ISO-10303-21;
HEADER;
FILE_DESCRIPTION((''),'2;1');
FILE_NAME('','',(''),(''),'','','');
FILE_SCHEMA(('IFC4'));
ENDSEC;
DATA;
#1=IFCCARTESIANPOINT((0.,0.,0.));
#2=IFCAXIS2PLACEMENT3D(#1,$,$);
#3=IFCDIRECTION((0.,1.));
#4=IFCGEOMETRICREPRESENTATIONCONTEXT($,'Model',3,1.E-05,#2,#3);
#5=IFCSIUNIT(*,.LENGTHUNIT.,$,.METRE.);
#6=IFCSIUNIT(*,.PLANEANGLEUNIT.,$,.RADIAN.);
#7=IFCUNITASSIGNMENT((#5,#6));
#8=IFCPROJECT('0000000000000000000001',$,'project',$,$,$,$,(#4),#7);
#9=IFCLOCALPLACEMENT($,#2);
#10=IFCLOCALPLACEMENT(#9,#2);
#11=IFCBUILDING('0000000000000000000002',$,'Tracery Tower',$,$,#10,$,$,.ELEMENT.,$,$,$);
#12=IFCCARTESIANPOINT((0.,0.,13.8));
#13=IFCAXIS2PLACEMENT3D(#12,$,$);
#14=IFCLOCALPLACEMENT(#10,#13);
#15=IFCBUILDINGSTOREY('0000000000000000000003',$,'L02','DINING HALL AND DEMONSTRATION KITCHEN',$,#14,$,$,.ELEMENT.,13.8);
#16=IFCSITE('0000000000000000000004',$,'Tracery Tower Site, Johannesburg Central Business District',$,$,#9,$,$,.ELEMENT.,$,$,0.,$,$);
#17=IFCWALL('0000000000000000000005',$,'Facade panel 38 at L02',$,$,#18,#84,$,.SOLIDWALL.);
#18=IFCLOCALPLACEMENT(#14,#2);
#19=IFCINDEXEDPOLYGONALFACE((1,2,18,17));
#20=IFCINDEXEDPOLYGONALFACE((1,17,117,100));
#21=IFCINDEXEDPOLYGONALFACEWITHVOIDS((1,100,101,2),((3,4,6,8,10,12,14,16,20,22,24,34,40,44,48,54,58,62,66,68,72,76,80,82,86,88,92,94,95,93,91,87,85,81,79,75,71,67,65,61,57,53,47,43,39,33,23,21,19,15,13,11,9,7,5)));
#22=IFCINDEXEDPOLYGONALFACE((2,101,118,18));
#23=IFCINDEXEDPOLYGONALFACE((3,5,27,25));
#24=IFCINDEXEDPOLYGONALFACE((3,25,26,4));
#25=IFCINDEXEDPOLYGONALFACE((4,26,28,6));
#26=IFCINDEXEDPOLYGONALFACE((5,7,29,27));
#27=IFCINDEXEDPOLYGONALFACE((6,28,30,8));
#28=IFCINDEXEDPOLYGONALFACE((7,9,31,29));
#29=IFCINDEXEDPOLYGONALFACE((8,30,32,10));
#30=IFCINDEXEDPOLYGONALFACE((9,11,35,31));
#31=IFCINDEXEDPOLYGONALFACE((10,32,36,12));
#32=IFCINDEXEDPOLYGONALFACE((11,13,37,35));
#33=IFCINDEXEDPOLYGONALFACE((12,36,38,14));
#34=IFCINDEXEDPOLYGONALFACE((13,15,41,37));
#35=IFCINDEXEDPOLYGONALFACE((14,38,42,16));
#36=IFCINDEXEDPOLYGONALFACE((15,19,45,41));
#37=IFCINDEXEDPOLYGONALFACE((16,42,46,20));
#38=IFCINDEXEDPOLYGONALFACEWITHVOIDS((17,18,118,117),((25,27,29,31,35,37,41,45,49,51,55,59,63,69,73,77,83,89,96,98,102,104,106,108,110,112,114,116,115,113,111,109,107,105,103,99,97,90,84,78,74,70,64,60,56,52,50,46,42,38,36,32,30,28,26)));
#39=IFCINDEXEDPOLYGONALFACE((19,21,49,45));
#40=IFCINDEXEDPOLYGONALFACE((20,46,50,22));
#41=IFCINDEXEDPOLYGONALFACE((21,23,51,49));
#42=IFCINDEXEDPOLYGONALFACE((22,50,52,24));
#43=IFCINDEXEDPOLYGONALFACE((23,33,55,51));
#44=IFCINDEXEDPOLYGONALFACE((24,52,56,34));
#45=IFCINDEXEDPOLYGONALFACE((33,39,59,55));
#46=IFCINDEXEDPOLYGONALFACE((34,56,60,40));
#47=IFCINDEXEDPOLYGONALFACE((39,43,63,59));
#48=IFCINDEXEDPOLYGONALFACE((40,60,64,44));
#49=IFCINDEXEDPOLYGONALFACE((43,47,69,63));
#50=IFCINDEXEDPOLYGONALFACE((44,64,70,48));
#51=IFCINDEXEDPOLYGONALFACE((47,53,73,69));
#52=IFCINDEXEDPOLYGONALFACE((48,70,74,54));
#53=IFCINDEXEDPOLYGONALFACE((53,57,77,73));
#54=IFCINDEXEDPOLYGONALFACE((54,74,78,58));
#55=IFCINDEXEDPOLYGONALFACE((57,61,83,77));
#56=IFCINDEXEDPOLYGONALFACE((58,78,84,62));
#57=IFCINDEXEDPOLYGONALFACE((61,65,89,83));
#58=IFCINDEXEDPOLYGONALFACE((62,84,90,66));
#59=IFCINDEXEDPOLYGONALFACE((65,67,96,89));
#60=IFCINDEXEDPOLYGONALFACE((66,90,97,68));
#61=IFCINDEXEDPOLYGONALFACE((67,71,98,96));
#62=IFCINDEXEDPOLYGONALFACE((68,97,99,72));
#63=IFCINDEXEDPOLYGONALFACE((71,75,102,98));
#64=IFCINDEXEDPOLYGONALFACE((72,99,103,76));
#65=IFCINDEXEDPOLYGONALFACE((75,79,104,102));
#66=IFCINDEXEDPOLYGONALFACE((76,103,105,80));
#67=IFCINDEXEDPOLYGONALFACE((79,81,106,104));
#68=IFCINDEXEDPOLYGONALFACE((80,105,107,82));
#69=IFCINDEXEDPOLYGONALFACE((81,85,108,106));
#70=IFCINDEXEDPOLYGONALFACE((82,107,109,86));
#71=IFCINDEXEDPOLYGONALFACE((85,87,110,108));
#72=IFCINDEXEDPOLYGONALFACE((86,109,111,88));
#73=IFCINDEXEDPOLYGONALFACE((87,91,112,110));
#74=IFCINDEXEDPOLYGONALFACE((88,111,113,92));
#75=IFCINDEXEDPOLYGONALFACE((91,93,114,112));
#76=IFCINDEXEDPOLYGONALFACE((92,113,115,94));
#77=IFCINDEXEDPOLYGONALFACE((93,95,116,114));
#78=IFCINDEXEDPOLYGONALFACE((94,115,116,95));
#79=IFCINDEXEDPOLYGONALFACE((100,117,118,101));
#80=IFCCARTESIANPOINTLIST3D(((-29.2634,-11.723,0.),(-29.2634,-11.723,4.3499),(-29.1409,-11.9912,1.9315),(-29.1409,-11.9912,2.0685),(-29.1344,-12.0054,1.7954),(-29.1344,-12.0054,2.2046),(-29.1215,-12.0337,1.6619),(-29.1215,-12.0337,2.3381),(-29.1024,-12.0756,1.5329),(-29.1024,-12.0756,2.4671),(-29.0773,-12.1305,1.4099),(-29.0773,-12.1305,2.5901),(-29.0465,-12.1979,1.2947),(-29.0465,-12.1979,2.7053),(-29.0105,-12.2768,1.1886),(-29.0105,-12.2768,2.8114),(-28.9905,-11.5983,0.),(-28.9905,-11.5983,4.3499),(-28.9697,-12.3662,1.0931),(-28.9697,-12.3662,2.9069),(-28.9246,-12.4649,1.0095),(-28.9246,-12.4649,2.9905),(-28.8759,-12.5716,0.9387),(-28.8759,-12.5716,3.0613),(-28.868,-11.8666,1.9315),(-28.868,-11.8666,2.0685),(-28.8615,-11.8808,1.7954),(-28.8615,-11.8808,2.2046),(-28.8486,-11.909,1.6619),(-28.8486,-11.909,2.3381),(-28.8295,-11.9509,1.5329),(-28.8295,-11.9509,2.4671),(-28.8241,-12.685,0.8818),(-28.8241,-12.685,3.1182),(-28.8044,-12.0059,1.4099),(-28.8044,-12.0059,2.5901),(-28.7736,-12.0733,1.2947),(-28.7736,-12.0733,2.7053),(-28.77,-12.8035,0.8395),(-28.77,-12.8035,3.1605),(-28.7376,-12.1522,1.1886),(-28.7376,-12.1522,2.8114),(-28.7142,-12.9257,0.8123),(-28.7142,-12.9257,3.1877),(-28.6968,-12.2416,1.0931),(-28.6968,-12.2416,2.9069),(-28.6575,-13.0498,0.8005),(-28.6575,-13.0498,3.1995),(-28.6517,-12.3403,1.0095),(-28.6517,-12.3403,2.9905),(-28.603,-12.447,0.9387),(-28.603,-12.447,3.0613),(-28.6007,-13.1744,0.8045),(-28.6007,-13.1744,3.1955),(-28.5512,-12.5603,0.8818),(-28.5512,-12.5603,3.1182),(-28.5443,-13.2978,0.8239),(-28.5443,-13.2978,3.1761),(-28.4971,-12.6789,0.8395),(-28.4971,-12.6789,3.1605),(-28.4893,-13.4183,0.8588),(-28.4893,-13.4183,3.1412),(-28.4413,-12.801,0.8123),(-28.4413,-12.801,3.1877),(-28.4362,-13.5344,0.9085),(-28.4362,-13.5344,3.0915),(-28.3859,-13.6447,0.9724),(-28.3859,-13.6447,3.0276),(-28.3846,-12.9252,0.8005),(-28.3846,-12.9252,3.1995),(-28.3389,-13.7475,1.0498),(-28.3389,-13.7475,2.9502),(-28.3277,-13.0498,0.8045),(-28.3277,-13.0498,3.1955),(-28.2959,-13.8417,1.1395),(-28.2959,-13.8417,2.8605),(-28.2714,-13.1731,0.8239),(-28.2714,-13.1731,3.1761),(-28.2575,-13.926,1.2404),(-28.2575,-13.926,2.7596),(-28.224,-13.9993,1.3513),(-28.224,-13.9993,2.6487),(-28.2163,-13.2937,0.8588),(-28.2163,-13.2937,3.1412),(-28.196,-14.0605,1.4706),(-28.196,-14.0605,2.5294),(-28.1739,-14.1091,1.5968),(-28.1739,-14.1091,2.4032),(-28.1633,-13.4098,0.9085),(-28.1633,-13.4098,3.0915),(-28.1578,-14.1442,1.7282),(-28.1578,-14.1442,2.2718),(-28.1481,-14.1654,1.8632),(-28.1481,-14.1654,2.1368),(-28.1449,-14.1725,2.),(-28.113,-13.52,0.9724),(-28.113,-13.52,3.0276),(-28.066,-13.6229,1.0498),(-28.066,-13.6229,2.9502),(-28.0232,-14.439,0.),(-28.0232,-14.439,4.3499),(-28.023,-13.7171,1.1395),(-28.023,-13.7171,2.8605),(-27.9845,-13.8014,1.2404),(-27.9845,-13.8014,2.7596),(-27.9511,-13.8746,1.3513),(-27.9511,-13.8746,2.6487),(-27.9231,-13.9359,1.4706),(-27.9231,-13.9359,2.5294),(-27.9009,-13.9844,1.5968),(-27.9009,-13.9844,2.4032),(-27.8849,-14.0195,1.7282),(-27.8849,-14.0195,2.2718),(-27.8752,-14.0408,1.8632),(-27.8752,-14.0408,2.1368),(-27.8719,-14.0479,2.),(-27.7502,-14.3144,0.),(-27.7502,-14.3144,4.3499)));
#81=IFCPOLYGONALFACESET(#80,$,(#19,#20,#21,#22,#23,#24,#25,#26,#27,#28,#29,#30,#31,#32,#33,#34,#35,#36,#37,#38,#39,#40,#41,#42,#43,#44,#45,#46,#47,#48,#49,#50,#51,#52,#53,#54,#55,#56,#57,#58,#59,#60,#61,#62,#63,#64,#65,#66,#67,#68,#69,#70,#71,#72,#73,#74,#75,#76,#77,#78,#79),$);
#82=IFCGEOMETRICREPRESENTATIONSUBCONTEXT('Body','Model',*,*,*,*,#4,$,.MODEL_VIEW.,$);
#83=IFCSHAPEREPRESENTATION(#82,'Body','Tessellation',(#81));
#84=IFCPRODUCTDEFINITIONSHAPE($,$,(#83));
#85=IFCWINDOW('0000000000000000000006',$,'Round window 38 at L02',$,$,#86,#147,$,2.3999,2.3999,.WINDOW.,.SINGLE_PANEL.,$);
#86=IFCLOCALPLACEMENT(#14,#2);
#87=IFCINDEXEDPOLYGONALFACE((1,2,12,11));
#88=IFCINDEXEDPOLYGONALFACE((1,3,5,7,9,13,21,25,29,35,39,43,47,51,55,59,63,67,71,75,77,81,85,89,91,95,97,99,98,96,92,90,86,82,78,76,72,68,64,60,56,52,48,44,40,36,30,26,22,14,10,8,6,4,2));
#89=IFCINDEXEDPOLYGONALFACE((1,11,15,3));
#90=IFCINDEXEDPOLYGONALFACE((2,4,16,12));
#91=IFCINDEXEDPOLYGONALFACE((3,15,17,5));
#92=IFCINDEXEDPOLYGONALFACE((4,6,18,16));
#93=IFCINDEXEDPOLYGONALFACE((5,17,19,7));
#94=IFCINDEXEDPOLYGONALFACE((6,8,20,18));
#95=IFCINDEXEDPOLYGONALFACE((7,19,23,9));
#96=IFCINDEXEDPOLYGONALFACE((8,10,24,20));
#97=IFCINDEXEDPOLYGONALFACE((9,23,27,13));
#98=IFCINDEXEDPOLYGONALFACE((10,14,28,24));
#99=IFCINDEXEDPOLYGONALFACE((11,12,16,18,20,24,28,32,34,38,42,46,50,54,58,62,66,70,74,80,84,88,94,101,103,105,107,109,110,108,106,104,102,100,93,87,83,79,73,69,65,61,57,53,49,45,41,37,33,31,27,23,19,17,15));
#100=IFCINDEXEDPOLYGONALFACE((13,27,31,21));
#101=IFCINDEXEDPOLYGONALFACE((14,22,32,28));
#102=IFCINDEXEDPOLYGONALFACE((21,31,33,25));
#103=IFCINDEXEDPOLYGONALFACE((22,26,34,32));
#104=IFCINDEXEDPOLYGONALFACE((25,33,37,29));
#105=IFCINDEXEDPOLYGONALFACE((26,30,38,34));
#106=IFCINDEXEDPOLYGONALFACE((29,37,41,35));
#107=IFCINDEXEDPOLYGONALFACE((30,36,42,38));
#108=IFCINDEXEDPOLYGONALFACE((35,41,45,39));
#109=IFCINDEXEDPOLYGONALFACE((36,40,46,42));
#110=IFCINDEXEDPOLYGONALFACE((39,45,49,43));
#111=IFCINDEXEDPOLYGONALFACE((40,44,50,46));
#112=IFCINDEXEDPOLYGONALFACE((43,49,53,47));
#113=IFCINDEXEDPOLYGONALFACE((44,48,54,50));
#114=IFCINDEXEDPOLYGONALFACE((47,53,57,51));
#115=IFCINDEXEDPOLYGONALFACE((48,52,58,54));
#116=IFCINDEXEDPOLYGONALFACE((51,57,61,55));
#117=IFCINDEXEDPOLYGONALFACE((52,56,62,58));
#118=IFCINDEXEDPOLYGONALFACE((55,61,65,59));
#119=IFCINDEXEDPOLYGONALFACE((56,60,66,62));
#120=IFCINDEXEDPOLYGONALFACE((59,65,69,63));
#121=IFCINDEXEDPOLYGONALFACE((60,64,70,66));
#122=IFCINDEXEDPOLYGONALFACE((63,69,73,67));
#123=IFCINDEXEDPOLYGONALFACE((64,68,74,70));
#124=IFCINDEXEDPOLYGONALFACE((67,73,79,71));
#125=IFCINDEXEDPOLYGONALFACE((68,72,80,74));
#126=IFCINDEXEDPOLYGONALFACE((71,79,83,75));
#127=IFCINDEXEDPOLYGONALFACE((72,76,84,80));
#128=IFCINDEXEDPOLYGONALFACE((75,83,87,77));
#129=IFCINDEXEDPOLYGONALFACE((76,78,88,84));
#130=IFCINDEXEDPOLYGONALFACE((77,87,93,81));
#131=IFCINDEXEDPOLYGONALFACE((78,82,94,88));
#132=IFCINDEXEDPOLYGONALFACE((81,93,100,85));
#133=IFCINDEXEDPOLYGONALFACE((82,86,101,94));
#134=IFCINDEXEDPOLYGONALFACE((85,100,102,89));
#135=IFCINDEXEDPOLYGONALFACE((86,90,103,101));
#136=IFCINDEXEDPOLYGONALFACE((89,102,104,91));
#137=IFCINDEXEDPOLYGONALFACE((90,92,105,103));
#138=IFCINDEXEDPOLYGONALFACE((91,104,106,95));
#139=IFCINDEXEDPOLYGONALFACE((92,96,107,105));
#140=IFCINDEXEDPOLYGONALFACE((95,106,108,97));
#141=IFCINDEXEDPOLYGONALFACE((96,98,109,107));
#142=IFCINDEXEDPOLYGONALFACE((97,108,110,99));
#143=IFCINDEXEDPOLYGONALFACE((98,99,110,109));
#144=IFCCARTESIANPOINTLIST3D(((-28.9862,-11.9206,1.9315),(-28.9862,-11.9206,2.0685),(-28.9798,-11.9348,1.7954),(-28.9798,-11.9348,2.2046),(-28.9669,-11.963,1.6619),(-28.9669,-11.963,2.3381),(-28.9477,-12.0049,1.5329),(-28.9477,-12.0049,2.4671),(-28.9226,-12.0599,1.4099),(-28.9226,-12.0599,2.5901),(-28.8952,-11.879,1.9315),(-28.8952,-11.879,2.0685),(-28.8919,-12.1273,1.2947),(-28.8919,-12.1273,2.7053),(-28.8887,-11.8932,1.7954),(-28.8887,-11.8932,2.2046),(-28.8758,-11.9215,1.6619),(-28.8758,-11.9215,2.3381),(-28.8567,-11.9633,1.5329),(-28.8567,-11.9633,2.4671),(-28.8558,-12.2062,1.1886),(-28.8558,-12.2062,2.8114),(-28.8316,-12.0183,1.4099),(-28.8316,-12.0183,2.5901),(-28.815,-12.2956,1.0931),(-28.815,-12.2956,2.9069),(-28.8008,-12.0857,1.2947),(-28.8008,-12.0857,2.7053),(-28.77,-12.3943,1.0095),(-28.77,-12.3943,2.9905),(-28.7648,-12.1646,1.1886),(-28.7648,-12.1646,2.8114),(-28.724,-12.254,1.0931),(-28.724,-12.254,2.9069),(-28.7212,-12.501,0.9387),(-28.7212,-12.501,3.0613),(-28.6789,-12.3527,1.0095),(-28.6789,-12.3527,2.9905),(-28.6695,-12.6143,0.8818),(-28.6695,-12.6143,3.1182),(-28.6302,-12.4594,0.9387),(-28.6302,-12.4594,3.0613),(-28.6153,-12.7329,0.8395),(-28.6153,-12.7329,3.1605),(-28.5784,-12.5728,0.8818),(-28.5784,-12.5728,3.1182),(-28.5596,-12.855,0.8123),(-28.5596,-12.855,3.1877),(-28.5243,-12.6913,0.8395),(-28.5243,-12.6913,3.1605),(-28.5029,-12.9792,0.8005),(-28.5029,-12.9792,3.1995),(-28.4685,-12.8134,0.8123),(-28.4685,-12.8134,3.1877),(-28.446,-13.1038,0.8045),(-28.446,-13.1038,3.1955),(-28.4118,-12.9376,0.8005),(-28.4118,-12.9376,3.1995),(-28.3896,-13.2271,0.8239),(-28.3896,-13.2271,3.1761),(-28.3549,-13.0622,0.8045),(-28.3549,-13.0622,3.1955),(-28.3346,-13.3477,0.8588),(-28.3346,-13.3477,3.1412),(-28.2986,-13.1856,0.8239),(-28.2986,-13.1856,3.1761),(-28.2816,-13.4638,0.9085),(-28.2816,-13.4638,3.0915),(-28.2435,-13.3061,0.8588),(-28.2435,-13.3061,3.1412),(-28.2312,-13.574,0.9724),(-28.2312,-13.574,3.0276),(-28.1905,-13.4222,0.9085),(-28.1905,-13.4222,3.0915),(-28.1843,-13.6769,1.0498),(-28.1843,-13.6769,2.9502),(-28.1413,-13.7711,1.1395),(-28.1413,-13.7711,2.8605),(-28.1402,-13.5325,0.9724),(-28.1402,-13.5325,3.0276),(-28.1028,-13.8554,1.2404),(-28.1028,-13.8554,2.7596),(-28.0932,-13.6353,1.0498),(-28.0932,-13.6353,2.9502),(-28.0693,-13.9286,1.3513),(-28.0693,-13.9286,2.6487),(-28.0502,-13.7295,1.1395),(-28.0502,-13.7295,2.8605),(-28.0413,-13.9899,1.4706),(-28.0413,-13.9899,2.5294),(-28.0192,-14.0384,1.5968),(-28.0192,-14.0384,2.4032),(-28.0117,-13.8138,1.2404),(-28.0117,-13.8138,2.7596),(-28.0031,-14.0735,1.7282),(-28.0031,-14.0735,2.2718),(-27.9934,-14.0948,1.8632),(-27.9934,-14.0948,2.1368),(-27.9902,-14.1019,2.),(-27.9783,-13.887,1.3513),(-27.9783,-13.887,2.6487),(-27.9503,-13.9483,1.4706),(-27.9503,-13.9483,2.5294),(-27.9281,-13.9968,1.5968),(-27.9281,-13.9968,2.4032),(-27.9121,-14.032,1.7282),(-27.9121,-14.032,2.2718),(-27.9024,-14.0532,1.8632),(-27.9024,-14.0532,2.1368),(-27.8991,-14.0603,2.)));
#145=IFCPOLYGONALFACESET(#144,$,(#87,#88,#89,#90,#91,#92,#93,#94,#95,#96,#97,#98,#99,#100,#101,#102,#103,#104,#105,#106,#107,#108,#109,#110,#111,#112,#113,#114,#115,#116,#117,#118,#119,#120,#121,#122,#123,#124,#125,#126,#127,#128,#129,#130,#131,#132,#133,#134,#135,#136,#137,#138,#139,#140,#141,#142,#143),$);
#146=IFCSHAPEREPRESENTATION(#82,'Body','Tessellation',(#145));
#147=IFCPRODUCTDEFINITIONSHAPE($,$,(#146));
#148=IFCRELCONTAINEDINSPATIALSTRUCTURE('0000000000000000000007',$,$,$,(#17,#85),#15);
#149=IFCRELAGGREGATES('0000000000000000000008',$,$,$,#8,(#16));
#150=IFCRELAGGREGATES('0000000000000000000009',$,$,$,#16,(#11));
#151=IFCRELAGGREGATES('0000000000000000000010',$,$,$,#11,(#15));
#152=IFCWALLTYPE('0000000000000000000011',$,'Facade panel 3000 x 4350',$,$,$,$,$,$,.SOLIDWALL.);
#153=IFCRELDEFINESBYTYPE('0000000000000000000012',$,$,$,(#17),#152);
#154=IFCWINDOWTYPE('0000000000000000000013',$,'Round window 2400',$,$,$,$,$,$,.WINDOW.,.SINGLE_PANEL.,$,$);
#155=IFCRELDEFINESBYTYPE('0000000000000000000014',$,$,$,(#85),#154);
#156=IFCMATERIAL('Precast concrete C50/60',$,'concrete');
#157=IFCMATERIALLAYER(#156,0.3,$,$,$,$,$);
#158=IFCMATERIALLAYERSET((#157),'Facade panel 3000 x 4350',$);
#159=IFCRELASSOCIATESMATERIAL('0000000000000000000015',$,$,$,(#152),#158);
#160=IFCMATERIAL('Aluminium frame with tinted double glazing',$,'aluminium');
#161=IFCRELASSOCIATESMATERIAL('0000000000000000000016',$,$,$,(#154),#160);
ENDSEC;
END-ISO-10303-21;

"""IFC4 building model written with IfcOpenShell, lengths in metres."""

from ifc_helpers import new_model, si_unit, direction, frame, frame_2d, origin, origin_2d, place, context, subcontext, project, spatial, rectangle, circle, extrude, material, layer, layer_set, type_object, element, fill, save


model = new_model("IFC4")

# Units and contexts
model_context = context("Model", 3, precision=1e-05, world=origin(), true_north=direction((0.0, 1.0)))
body_context = subcontext(model_context, "Body", "Model", "MODEL_VIEW")
ifc_project = project(units=[si_unit("LENGTHUNIT", "METRE"), si_unit("PLANEANGLEUNIT", "RADIAN")], contexts=[model_context])

# Site, building, storey
site_placement = place(None, origin())
site = spatial("IfcSite", under=ifc_project, at=site_placement, Name="Tracery Tower Site, Johannesburg Central Business District", CompositionType="ELEMENT", RefElevation=0.0)
building_placement = place(site_placement, origin())
building = spatial("IfcBuilding", under=site, at=building_placement, Name="Tracery Tower", CompositionType="ELEMENT")
storey_placement = place(building_placement, frame((0.0, 0.0, 13.8)))
storey = spatial("IfcBuildingStorey", under=building, at=storey_placement, Name="L02", Description="DINING HALL AND DEMONSTRATION KITCHEN", CompositionType="ELEMENT", Elevation=13.8)

# Wall, opening, window
ifc_material_1 = material(Name="Precast concrete C50/60", Category="concrete")
ifc_layer = layer(ifc_material_1, 0.3)
ifc_layer_set = layer_set([ifc_layer], Name="Facade panel 3000 x 4350")
wall_type = type_object("IfcWallType", Name="Facade panel 3000 x 4350", PredefinedType="SOLIDWALL", material=ifc_layer_set)
ifc_material_2 = material(Name="Aluminium frame with tinted double glazing", Category="aluminium")
window_type = type_object("IfcWindowType", Name="Round window 2400", PartitioningType="SINGLE_PANEL", PredefinedType="WINDOW", material=ifc_material_2)
wall_1_placement = place(storey_placement, frame((-29.127, -11.6606, 0.0), z_axis=(0.0, 0.0, 1.0), x_axis=(0.415373, -0.909651, 0.0)))
wall_1 = element("IfcWall", 1, at=wall_1_placement, inside=storey, type_object=wall_type, Name="Facade panel 38 at L02", PredefinedType="SOLIDWALL", context=body_context, shape_type="SweptSolid", body=[
    extrude(rectangle(XDim=2.9858, YDim=0.3, at=frame_2d((1.4929, 0.0))), origin(), (0.0, 0.0, 1.0), 4.3499),
])
opening_1_placement = place(wall_1_placement, frame((1.4929, 0.0, 2.0)))
opening_1 = element("IfcOpeningElement", 2, at=opening_1_placement, cuts=wall_1, PredefinedType="OPENING", context=body_context, shape_type="SweptSolid", body=[
    extrude(circle(Radius=1.2, at=origin_2d()), frame((0.0, 0.1599, 0.0), z_axis=(0.0, -1.0, 0.0), x_axis=(1.0, 0.0, 0.0)), (0.0, 0.0, 1.0), 0.3201),
])
window_1_placement = place(opening_1_placement, origin())
window_1 = element("IfcWindow", 3, at=window_1_placement, inside=storey, type_object=window_type, Name="Round window 38 at L02", OverallHeight=2.3999, OverallWidth=2.3999, PartitioningType="SINGLE_PANEL", PredefinedType="WINDOW", context=body_context, shape_type="SweptSolid", body=[
    extrude(circle(Radius=1.2, at=origin_2d()), frame((0.0, 0.1201, 0.0), z_axis=(0.0, -1.0, 0.0), x_axis=(1.0, 0.0, 0.0)), (0.0, 0.0, 1.0), 0.1001),
])
fill(opening_1, window_1)

save(model, "model.ifc")
